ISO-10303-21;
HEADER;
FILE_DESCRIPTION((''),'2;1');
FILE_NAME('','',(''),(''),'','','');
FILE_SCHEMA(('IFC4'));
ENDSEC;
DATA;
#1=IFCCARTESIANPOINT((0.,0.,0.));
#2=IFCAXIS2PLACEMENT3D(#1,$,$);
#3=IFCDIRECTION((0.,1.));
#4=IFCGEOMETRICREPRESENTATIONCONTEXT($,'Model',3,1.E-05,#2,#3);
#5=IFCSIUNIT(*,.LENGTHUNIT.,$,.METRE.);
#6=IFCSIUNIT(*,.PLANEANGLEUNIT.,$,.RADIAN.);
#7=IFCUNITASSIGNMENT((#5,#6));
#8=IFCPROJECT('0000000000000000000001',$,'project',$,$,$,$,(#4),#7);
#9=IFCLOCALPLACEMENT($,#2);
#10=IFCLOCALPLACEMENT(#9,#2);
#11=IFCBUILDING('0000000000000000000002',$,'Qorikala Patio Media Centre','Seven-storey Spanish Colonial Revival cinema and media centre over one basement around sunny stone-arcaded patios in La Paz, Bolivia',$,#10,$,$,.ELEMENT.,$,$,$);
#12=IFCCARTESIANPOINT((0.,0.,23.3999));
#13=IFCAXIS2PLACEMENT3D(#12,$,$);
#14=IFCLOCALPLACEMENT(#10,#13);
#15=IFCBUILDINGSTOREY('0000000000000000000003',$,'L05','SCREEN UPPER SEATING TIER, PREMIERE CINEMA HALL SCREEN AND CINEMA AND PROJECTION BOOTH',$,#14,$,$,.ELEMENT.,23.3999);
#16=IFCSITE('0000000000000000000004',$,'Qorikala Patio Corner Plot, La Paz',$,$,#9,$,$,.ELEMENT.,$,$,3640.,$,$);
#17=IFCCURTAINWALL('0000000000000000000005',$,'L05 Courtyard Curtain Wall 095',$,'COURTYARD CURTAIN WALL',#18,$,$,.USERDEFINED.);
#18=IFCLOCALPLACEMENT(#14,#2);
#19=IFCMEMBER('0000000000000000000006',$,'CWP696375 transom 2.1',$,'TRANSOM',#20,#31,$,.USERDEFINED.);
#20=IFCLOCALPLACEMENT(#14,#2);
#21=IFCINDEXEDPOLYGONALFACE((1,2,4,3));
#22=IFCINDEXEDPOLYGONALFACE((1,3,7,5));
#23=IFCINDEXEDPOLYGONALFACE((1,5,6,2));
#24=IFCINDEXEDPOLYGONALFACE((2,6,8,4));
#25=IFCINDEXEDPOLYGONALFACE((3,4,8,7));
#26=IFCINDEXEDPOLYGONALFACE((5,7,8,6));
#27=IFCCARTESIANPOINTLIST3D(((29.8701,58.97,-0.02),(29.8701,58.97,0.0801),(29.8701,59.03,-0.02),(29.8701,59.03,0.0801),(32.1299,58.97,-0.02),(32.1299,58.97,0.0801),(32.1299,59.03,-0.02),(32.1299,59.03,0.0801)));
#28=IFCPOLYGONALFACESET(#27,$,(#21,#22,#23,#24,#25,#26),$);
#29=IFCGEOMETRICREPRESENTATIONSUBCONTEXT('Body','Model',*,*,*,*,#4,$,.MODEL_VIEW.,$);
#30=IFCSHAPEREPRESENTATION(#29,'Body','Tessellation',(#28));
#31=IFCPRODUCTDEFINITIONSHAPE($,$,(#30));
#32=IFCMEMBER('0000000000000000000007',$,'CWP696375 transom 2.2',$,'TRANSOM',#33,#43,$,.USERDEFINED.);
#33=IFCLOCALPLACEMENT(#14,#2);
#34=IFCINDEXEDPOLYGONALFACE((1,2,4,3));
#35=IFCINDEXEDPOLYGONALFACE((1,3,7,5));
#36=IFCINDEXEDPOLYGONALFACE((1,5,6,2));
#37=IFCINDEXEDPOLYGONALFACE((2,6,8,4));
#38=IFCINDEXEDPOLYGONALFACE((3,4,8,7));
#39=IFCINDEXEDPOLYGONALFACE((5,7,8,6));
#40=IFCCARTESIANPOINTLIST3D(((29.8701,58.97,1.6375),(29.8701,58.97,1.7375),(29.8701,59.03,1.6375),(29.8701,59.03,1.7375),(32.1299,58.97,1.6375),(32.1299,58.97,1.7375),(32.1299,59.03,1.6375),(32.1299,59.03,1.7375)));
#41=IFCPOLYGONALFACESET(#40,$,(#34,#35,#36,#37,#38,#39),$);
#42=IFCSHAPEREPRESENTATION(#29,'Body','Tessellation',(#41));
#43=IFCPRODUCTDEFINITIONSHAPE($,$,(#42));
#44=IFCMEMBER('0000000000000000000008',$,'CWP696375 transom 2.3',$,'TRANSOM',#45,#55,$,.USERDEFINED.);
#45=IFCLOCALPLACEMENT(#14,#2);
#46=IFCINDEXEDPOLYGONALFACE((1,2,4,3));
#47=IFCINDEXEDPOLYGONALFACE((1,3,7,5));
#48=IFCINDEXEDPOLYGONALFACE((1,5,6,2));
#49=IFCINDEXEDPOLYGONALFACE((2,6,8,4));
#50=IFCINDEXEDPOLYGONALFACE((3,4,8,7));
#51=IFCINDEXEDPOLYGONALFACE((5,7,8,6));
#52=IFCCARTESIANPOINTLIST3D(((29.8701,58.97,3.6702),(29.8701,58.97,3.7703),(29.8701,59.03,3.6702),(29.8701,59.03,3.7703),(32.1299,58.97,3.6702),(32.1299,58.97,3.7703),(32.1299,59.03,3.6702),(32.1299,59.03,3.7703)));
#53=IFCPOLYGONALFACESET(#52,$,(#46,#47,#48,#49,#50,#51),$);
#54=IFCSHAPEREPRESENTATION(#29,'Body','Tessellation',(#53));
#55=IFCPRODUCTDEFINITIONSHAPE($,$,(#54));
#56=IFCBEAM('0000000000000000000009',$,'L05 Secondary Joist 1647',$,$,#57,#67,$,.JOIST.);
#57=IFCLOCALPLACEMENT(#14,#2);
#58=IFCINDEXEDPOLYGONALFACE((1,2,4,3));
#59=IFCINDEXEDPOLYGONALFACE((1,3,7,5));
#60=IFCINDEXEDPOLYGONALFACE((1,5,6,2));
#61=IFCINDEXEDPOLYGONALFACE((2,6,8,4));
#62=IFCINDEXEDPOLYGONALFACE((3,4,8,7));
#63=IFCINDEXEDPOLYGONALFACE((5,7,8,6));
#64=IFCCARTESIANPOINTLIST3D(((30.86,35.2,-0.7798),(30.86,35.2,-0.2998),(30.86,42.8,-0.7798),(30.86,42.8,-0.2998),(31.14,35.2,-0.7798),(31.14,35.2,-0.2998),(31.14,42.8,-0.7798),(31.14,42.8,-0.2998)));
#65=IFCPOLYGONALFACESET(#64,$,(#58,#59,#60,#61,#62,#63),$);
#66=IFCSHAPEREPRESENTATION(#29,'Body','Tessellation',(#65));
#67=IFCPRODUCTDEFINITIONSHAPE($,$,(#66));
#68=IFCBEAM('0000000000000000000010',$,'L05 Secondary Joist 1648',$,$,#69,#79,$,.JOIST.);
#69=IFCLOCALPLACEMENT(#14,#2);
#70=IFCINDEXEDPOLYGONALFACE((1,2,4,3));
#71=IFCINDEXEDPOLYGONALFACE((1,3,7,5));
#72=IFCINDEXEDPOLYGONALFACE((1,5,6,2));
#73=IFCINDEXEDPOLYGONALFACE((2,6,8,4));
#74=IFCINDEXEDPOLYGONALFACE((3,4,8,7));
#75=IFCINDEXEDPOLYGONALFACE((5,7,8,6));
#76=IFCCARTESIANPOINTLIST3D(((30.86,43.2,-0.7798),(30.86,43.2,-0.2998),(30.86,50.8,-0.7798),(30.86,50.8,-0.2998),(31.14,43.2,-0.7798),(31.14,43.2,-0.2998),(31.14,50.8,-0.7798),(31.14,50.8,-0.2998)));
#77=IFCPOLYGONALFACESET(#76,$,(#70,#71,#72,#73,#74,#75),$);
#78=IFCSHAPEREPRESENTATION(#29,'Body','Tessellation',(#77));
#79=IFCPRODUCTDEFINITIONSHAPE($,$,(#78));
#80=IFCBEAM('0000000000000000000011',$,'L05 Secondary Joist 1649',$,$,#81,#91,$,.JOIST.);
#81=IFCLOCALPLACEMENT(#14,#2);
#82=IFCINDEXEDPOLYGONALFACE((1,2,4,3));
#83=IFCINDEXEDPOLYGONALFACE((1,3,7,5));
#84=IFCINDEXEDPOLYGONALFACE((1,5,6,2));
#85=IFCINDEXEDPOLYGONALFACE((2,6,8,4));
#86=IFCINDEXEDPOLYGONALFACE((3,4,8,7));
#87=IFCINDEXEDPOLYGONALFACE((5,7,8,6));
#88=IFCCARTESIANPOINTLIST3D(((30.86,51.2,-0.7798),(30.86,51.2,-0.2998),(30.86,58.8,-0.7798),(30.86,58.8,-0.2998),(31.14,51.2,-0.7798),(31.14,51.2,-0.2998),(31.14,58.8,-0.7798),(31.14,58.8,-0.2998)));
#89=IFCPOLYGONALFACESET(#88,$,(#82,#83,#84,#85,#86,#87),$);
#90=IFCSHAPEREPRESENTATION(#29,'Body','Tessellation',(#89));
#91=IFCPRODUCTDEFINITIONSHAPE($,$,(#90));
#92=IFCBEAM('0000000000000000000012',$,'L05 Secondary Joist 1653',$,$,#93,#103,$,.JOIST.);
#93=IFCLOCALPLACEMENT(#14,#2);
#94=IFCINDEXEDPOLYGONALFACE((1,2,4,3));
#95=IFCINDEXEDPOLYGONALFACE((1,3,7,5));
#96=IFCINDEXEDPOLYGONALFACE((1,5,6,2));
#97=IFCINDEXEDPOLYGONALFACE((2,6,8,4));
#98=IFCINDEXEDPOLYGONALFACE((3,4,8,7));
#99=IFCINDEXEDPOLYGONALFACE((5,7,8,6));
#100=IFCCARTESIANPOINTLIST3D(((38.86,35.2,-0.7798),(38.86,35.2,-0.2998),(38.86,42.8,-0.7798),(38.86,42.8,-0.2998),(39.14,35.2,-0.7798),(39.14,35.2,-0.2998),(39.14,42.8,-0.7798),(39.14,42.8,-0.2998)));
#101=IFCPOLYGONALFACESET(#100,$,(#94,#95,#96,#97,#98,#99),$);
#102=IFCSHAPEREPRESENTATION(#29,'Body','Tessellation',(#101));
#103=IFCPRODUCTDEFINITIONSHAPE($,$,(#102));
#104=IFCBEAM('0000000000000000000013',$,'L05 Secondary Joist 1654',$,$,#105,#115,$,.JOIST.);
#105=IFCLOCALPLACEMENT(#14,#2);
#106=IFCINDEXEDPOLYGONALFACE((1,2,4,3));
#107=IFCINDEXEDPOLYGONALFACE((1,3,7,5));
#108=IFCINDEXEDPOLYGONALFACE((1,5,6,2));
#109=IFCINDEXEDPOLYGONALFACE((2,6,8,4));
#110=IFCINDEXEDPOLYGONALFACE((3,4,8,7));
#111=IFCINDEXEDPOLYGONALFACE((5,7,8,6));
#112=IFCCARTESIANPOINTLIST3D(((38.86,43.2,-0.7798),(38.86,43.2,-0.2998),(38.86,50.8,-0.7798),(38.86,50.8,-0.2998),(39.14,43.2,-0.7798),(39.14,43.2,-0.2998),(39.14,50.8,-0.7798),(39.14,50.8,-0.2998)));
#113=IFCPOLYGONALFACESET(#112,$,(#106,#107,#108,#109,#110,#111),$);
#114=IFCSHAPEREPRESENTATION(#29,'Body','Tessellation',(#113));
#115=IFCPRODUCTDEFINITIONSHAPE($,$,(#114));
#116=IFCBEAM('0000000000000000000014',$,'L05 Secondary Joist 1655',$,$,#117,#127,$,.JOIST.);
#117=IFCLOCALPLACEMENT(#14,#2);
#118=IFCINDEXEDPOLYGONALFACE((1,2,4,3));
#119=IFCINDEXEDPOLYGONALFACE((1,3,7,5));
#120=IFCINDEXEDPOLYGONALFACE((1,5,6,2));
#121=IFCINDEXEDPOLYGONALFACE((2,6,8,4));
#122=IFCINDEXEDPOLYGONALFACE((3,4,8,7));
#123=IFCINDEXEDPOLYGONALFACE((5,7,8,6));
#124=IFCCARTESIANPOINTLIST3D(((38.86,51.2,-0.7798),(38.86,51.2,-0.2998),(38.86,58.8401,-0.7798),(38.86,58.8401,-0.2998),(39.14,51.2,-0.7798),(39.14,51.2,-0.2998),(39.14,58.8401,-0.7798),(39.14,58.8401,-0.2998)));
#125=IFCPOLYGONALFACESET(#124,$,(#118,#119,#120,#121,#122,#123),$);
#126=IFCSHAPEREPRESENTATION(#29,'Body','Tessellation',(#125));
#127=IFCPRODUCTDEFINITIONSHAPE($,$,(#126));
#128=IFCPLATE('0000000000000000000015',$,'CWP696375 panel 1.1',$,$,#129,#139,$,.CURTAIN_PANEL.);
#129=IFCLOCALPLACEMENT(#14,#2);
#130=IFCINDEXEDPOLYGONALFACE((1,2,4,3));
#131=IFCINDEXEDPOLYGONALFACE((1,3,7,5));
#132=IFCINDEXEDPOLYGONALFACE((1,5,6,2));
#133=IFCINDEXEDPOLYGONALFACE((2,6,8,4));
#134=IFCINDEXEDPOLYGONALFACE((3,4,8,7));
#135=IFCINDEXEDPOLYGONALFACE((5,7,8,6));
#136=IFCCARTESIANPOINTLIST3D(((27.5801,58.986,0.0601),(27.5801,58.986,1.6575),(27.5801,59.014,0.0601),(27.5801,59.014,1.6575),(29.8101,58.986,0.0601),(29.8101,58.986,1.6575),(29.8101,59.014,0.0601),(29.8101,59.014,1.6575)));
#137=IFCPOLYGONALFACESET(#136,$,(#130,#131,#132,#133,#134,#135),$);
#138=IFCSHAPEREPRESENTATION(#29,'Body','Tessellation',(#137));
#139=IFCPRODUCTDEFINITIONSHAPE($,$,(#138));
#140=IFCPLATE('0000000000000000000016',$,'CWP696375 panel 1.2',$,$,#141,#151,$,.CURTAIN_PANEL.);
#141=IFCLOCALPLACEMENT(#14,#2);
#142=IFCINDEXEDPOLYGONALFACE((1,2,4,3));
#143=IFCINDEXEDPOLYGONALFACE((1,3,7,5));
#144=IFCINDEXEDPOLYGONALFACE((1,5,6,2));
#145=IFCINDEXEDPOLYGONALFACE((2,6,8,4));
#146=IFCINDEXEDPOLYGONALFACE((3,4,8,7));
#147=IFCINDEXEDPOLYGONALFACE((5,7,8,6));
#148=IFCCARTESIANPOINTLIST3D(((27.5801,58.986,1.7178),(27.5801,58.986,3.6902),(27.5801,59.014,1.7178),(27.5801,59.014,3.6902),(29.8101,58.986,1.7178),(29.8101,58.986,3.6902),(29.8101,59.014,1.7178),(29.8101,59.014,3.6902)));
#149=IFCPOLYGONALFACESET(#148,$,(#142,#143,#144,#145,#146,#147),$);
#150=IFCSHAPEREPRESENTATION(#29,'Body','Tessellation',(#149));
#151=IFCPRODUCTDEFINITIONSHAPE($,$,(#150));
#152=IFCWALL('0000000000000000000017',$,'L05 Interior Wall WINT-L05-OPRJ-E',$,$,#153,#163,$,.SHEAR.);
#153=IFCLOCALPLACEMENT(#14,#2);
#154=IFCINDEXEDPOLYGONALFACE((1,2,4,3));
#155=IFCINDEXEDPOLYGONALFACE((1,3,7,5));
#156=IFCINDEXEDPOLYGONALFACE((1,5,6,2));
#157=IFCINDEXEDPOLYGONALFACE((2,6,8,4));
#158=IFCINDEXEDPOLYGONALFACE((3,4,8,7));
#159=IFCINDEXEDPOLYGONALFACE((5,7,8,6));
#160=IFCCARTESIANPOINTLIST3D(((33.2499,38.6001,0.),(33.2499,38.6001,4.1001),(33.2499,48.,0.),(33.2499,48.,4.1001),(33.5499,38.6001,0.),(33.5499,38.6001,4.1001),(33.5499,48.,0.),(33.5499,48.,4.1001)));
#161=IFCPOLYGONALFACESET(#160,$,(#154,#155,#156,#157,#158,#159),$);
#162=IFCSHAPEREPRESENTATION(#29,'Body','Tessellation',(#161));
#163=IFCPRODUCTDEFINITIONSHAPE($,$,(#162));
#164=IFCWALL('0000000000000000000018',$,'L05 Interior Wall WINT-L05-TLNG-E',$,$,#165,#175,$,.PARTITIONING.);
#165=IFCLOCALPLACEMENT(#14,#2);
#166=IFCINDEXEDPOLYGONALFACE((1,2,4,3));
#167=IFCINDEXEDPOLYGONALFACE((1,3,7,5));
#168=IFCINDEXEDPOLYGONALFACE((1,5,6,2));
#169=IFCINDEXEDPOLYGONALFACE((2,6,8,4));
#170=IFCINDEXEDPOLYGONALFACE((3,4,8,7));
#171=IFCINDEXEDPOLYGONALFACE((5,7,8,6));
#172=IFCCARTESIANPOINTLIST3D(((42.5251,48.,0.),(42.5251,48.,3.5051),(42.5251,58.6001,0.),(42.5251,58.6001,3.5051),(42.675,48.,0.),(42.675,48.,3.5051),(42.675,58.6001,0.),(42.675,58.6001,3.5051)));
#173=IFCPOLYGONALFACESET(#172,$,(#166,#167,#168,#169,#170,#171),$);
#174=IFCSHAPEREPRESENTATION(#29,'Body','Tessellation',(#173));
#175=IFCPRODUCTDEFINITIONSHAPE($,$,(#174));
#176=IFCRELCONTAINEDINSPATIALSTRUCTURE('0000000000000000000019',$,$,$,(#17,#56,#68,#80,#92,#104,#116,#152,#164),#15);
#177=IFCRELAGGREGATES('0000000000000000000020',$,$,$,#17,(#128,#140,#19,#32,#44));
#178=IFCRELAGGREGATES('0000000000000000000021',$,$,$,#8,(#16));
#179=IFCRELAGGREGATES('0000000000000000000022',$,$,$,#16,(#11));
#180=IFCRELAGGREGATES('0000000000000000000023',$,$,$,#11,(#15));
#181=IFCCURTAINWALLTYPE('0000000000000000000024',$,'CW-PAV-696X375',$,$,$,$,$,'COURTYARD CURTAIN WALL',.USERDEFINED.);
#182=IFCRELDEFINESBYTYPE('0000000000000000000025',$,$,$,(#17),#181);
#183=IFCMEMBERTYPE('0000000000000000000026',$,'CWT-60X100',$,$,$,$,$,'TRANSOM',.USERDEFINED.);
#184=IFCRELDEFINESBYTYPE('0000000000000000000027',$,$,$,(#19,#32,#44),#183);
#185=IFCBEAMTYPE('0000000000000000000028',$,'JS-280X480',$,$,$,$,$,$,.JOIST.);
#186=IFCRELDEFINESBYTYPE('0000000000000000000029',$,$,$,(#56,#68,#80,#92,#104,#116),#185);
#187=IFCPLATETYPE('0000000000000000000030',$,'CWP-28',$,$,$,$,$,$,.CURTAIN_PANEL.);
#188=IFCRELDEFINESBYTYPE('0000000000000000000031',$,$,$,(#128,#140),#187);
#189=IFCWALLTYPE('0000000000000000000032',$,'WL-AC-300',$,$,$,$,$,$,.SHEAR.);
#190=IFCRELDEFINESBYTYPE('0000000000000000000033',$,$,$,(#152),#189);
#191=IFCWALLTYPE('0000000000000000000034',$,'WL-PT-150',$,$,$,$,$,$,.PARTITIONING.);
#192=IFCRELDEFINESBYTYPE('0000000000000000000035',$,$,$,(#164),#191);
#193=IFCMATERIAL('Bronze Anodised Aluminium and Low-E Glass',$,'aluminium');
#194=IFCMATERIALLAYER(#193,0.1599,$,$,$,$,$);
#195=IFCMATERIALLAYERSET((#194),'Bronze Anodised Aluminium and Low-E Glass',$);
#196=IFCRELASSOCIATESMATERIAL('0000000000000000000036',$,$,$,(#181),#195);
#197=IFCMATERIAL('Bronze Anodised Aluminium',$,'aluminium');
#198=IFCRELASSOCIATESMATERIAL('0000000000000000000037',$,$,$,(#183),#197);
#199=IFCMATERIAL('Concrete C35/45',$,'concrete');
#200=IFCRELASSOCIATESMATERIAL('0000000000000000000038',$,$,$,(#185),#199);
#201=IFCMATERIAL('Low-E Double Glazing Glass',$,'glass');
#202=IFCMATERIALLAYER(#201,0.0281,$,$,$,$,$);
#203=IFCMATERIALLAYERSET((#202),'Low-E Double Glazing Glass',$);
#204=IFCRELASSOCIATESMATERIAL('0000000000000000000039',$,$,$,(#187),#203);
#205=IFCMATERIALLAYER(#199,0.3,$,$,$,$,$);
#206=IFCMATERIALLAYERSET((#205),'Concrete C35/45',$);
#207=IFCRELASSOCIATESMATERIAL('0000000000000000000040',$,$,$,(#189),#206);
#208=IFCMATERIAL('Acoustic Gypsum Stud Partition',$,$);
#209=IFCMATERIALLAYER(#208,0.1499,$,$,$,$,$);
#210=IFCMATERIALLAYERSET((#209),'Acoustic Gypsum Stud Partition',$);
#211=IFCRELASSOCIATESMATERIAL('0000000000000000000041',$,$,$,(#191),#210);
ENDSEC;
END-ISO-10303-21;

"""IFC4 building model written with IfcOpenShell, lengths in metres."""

from ifc_helpers import new_model, si_unit, direction, frame, frame_2d, origin, origin_2d, place, context, subcontext, project, spatial, rectangle, extrude, material, layer, layer_set, material_profile, profile_set, type_object, element, aggregate, save


model = new_model("IFC4")

# Units and contexts
model_context = context("Model", 3, precision=1e-05, world=origin(), true_north=direction((0.0, 1.0)))
body_context = subcontext(model_context, "Body", "Model", "MODEL_VIEW")
ifc_project = project(units=[si_unit("LENGTHUNIT", "METRE"), si_unit("PLANEANGLEUNIT", "RADIAN")], contexts=[model_context])

# Site, building, storey
site_placement = place(None, origin())
site = spatial("IfcSite", under=ifc_project, at=site_placement, Name="Qorikala Patio Corner Plot, La Paz", CompositionType="ELEMENT", RefElevation=3640.0)
building_placement = place(site_placement, origin())
building = spatial("IfcBuilding", under=site, at=building_placement, Name="Qorikala Patio Media Centre", Description="Seven-storey Spanish Colonial Revival cinema and media centre over one basement around sunny stone-arcaded patios in La Paz, Bolivia", CompositionType="ELEMENT")
storey_placement = place(building_placement, frame((0.0, 0.0, 23.3999)))
storey = spatial("IfcBuildingStorey", under=building, at=storey_placement, Name="L05", Description="SCREEN UPPER SEATING TIER, PREMIERE CINEMA HALL SCREEN AND CINEMA AND PROJECTION BOOTH", CompositionType="ELEMENT", Elevation=23.3999)

# Shared definitions
ifc_material_1 = material(Name="Concrete C35/45", Category="concrete")

# Curtain wall, members
ifc_material_2 = material(Name="Bronze Anodised Aluminium and Low-E Glass", Category="aluminium")
ifc_layer_1 = layer(ifc_material_2, 0.1599)
ifc_layer_set_1 = layer_set([ifc_layer_1], Name="Bronze Anodised Aluminium and Low-E Glass")
curtain_wall_type = type_object("IfcCurtainWallType", Name="CW-PAV-696X375", ElementType="COURTYARD CURTAIN WALL", PredefinedType="USERDEFINED", material=ifc_layer_set_1)
curtain_wall_placement = place(storey_placement, origin())
curtain_wall = element("IfcCurtainWall", 1, at=curtain_wall_placement, inside=storey, type_object=curtain_wall_type, Name="L05 Courtyard Curtain Wall 095", ObjectType="COURTYARD CURTAIN WALL", PredefinedType="USERDEFINED")
ifc_material_3 = material(Name="Bronze Anodised Aluminium", Category="aluminium")
ifc_material_profile_1 = material_profile(ifc_material_3, rectangle(XDim=0.0601, YDim=0.1001, at=origin_2d()), Name="ALU TRANSOM 60x100")
ifc_profile_set_1 = profile_set([ifc_material_profile_1], Name="Bronze Anodised Aluminium")
member_type_1 = type_object("IfcMemberType", Name="CWT-60X100", ElementType="TRANSOM", PredefinedType="USERDEFINED", material=ifc_profile_set_1)
member_1_placement = place(storey_placement, frame((29.8701, 59.0, 0.03), z_axis=(1.0, 0.0, 0.0), x_axis=(0.0, 1.0, 0.0)))
member_1 = element("IfcMember", 2, at=member_1_placement, type_object=member_type_1, Name="CWP696375 transom 2.1", ObjectType="TRANSOM", PredefinedType="USERDEFINED", context=body_context, shape_type="SweptSolid", body=[
    extrude(rectangle(XDim=0.0601, YDim=0.1001, at=origin_2d()), origin(), (0.0, 0.0, 1.0), 2.2598),
])
member_2_placement = place(storey_placement, frame((29.8701, 59.0, 1.6875), z_axis=(1.0, 0.0, 0.0), x_axis=(0.0, 1.0, 0.0)))
member_2 = element("IfcMember", 3, at=member_2_placement, type_object=member_type_1, Name="CWP696375 transom 2.2", ObjectType="TRANSOM", PredefinedType="USERDEFINED", context=body_context, shape_type="SweptSolid", body=[
    extrude(rectangle(XDim=0.0601, YDim=0.1001, at=origin_2d()), origin(), (0.0, 0.0, 1.0), 2.2598),
])
member_3_placement = place(storey_placement, frame((29.8701, 59.0, 3.7202), z_axis=(1.0, 0.0, 0.0), x_axis=(0.0, 1.0, 0.0)))
member_3 = element("IfcMember", 4, at=member_3_placement, type_object=member_type_1, Name="CWP696375 transom 2.3", ObjectType="TRANSOM", PredefinedType="USERDEFINED", context=body_context, shape_type="SweptSolid", body=[
    extrude(rectangle(XDim=0.0601, YDim=0.1001, at=origin_2d()), origin(), (0.0, 0.0, 1.0), 2.2598),
])

# Beams
ifc_material_profile_2 = material_profile(ifc_material_1, rectangle(XDim=0.28, YDim=0.48, at=origin_2d()), Name="RC 280x480")
ifc_profile_set_2 = profile_set([ifc_material_profile_2], Name="Concrete C35/45")
beam_type_1 = type_object("IfcBeamType", Name="JS-280X480", PredefinedType="JOIST", material=ifc_profile_set_2)
for number, where, z_axis, x_axis, name in (
    (5, (31.0, 35.2, -0.5398), (0.0, 1.0, 0.0), (-1.0, 0.0, 0.0), "L05 Secondary Joist 1647"),
    (6, (31.0, 43.2, -0.5398), (0.0, 1.0, 0.0), (-1.0, 0.0, 0.0), "L05 Secondary Joist 1648"),
    (7, (31.0, 51.2, -0.5398), (0.0, 1.0, 0.0), (-1.0, 0.0, 0.0), "L05 Secondary Joist 1649"),
    (8, (39.0, 35.2, -0.5398), (0.0, 1.0, 0.0), (-1.0, 0.0, 0.0), "L05 Secondary Joist 1653"),
    (9, (39.0, 43.2, -0.5398), (0.0, 1.0, 0.0), (-1.0, 0.0, 0.0), "L05 Secondary Joist 1654"),
):
    element("IfcBeam", number, at=place(storey_placement, frame(where, z_axis=z_axis, x_axis=x_axis)), inside=storey, type_object=beam_type_1, Name=name, PredefinedType="JOIST", context=body_context, shape_type="SweptSolid", body=[
        extrude(rectangle(XDim=0.28, YDim=0.48, at=origin_2d()), origin(), (0.0, 0.0, 1.0), 7.6001),
    ])
beam_1_placement = place(storey_placement, frame((39.0, 51.2, -0.5398), z_axis=(0.0, 1.0, 0.0), x_axis=(-1.0, 0.0, 0.0)))
element("IfcBeam", 10, at=beam_1_placement, inside=storey, type_object=beam_type_1, Name="L05 Secondary Joist 1655", PredefinedType="JOIST", context=body_context, shape_type="SweptSolid", body=[
    extrude(rectangle(XDim=0.28, YDim=0.48, at=origin_2d()), origin(), (0.0, 0.0, 1.0), 7.6401),
])

# Plates
ifc_material_4 = material(Name="Low-E Double Glazing Glass", Category="glass")
ifc_layer_2 = layer(ifc_material_4, 0.0281)
ifc_layer_set_2 = layer_set([ifc_layer_2], Name="Low-E Double Glazing Glass")
plate_type = type_object("IfcPlateType", Name="CWP-28", PredefinedType="CURTAIN_PANEL", material=ifc_layer_set_2)
plate_1_placement = place(storey_placement, frame((28.6951, 59.0, 0.0601), z_axis=(0.0, 0.0, 1.0), x_axis=(1.0, 0.0, 0.0)))
plate_1 = element("IfcPlate", 11, at=plate_1_placement, type_object=plate_type, Name="CWP696375 panel 1.1", PredefinedType="CURTAIN_PANEL", context=body_context, shape_type="SweptSolid", body=[
    extrude(rectangle(XDim=2.23, YDim=0.0281, at=origin_2d()), origin(), (0.0, 0.0, 1.0), 1.5974),
])
plate_2_placement = place(storey_placement, frame((28.6951, 59.0, 1.7178), z_axis=(0.0, 0.0, 1.0), x_axis=(1.0, 0.0, 0.0)))
plate_2 = element("IfcPlate", 12, at=plate_2_placement, type_object=plate_type, Name="CWP696375 panel 1.2", PredefinedType="CURTAIN_PANEL", context=body_context, shape_type="SweptSolid", body=[
    extrude(rectangle(XDim=2.23, YDim=0.0281, at=origin_2d()), origin(), (0.0, 0.0, 1.0), 1.9724),
])
aggregate(curtain_wall, [plate_1, plate_2, member_1, member_2, member_3])

# Walls
ifc_layer_3 = layer(ifc_material_1, 0.3)
ifc_layer_set_3 = layer_set([ifc_layer_3], Name="Concrete C35/45")
wall_type_1 = type_object("IfcWallType", Name="WL-AC-300", PredefinedType="SHEAR", material=ifc_layer_set_3)
wall_1_placement = place(storey_placement, frame((33.3999, 38.6001, 0.0), z_axis=(0.0, 0.0, 1.0), x_axis=(0.0, 1.0, 0.0)))
element("IfcWall", 13, at=wall_1_placement, inside=storey, type_object=wall_type_1, Name="L05 Interior Wall WINT-L05-OPRJ-E", PredefinedType="SHEAR", context=body_context, shape_type="SweptSolid", body=[
    extrude(rectangle(XDim=9.3999, YDim=0.3, at=frame_2d((4.7, 0.0))), origin(), (0.0, 0.0, 1.0), 4.1001),
])
ifc_material_5 = material(Name="Acoustic Gypsum Stud Partition")
ifc_layer_4 = layer(ifc_material_5, 0.1499)
ifc_layer_set_4 = layer_set([ifc_layer_4], Name="Acoustic Gypsum Stud Partition")
wall_type_2 = type_object("IfcWallType", Name="WL-PT-150", PredefinedType="PARTITIONING", material=ifc_layer_set_4)
wall_2_placement = place(storey_placement, frame((42.6001, 48.0, 0.0), z_axis=(0.0, 0.0, 1.0), x_axis=(0.0, 1.0, 0.0)))
element("IfcWall", 14, at=wall_2_placement, inside=storey, type_object=wall_type_2, Name="L05 Interior Wall WINT-L05-TLNG-E", PredefinedType="PARTITIONING", context=body_context, shape_type="SweptSolid", body=[
    extrude(rectangle(XDim=10.6001, YDim=0.1499, at=frame_2d((5.3, 0.0))), origin(), (0.0, 0.0, 1.0), 3.5051),
])

save(model, "model.ifc")
